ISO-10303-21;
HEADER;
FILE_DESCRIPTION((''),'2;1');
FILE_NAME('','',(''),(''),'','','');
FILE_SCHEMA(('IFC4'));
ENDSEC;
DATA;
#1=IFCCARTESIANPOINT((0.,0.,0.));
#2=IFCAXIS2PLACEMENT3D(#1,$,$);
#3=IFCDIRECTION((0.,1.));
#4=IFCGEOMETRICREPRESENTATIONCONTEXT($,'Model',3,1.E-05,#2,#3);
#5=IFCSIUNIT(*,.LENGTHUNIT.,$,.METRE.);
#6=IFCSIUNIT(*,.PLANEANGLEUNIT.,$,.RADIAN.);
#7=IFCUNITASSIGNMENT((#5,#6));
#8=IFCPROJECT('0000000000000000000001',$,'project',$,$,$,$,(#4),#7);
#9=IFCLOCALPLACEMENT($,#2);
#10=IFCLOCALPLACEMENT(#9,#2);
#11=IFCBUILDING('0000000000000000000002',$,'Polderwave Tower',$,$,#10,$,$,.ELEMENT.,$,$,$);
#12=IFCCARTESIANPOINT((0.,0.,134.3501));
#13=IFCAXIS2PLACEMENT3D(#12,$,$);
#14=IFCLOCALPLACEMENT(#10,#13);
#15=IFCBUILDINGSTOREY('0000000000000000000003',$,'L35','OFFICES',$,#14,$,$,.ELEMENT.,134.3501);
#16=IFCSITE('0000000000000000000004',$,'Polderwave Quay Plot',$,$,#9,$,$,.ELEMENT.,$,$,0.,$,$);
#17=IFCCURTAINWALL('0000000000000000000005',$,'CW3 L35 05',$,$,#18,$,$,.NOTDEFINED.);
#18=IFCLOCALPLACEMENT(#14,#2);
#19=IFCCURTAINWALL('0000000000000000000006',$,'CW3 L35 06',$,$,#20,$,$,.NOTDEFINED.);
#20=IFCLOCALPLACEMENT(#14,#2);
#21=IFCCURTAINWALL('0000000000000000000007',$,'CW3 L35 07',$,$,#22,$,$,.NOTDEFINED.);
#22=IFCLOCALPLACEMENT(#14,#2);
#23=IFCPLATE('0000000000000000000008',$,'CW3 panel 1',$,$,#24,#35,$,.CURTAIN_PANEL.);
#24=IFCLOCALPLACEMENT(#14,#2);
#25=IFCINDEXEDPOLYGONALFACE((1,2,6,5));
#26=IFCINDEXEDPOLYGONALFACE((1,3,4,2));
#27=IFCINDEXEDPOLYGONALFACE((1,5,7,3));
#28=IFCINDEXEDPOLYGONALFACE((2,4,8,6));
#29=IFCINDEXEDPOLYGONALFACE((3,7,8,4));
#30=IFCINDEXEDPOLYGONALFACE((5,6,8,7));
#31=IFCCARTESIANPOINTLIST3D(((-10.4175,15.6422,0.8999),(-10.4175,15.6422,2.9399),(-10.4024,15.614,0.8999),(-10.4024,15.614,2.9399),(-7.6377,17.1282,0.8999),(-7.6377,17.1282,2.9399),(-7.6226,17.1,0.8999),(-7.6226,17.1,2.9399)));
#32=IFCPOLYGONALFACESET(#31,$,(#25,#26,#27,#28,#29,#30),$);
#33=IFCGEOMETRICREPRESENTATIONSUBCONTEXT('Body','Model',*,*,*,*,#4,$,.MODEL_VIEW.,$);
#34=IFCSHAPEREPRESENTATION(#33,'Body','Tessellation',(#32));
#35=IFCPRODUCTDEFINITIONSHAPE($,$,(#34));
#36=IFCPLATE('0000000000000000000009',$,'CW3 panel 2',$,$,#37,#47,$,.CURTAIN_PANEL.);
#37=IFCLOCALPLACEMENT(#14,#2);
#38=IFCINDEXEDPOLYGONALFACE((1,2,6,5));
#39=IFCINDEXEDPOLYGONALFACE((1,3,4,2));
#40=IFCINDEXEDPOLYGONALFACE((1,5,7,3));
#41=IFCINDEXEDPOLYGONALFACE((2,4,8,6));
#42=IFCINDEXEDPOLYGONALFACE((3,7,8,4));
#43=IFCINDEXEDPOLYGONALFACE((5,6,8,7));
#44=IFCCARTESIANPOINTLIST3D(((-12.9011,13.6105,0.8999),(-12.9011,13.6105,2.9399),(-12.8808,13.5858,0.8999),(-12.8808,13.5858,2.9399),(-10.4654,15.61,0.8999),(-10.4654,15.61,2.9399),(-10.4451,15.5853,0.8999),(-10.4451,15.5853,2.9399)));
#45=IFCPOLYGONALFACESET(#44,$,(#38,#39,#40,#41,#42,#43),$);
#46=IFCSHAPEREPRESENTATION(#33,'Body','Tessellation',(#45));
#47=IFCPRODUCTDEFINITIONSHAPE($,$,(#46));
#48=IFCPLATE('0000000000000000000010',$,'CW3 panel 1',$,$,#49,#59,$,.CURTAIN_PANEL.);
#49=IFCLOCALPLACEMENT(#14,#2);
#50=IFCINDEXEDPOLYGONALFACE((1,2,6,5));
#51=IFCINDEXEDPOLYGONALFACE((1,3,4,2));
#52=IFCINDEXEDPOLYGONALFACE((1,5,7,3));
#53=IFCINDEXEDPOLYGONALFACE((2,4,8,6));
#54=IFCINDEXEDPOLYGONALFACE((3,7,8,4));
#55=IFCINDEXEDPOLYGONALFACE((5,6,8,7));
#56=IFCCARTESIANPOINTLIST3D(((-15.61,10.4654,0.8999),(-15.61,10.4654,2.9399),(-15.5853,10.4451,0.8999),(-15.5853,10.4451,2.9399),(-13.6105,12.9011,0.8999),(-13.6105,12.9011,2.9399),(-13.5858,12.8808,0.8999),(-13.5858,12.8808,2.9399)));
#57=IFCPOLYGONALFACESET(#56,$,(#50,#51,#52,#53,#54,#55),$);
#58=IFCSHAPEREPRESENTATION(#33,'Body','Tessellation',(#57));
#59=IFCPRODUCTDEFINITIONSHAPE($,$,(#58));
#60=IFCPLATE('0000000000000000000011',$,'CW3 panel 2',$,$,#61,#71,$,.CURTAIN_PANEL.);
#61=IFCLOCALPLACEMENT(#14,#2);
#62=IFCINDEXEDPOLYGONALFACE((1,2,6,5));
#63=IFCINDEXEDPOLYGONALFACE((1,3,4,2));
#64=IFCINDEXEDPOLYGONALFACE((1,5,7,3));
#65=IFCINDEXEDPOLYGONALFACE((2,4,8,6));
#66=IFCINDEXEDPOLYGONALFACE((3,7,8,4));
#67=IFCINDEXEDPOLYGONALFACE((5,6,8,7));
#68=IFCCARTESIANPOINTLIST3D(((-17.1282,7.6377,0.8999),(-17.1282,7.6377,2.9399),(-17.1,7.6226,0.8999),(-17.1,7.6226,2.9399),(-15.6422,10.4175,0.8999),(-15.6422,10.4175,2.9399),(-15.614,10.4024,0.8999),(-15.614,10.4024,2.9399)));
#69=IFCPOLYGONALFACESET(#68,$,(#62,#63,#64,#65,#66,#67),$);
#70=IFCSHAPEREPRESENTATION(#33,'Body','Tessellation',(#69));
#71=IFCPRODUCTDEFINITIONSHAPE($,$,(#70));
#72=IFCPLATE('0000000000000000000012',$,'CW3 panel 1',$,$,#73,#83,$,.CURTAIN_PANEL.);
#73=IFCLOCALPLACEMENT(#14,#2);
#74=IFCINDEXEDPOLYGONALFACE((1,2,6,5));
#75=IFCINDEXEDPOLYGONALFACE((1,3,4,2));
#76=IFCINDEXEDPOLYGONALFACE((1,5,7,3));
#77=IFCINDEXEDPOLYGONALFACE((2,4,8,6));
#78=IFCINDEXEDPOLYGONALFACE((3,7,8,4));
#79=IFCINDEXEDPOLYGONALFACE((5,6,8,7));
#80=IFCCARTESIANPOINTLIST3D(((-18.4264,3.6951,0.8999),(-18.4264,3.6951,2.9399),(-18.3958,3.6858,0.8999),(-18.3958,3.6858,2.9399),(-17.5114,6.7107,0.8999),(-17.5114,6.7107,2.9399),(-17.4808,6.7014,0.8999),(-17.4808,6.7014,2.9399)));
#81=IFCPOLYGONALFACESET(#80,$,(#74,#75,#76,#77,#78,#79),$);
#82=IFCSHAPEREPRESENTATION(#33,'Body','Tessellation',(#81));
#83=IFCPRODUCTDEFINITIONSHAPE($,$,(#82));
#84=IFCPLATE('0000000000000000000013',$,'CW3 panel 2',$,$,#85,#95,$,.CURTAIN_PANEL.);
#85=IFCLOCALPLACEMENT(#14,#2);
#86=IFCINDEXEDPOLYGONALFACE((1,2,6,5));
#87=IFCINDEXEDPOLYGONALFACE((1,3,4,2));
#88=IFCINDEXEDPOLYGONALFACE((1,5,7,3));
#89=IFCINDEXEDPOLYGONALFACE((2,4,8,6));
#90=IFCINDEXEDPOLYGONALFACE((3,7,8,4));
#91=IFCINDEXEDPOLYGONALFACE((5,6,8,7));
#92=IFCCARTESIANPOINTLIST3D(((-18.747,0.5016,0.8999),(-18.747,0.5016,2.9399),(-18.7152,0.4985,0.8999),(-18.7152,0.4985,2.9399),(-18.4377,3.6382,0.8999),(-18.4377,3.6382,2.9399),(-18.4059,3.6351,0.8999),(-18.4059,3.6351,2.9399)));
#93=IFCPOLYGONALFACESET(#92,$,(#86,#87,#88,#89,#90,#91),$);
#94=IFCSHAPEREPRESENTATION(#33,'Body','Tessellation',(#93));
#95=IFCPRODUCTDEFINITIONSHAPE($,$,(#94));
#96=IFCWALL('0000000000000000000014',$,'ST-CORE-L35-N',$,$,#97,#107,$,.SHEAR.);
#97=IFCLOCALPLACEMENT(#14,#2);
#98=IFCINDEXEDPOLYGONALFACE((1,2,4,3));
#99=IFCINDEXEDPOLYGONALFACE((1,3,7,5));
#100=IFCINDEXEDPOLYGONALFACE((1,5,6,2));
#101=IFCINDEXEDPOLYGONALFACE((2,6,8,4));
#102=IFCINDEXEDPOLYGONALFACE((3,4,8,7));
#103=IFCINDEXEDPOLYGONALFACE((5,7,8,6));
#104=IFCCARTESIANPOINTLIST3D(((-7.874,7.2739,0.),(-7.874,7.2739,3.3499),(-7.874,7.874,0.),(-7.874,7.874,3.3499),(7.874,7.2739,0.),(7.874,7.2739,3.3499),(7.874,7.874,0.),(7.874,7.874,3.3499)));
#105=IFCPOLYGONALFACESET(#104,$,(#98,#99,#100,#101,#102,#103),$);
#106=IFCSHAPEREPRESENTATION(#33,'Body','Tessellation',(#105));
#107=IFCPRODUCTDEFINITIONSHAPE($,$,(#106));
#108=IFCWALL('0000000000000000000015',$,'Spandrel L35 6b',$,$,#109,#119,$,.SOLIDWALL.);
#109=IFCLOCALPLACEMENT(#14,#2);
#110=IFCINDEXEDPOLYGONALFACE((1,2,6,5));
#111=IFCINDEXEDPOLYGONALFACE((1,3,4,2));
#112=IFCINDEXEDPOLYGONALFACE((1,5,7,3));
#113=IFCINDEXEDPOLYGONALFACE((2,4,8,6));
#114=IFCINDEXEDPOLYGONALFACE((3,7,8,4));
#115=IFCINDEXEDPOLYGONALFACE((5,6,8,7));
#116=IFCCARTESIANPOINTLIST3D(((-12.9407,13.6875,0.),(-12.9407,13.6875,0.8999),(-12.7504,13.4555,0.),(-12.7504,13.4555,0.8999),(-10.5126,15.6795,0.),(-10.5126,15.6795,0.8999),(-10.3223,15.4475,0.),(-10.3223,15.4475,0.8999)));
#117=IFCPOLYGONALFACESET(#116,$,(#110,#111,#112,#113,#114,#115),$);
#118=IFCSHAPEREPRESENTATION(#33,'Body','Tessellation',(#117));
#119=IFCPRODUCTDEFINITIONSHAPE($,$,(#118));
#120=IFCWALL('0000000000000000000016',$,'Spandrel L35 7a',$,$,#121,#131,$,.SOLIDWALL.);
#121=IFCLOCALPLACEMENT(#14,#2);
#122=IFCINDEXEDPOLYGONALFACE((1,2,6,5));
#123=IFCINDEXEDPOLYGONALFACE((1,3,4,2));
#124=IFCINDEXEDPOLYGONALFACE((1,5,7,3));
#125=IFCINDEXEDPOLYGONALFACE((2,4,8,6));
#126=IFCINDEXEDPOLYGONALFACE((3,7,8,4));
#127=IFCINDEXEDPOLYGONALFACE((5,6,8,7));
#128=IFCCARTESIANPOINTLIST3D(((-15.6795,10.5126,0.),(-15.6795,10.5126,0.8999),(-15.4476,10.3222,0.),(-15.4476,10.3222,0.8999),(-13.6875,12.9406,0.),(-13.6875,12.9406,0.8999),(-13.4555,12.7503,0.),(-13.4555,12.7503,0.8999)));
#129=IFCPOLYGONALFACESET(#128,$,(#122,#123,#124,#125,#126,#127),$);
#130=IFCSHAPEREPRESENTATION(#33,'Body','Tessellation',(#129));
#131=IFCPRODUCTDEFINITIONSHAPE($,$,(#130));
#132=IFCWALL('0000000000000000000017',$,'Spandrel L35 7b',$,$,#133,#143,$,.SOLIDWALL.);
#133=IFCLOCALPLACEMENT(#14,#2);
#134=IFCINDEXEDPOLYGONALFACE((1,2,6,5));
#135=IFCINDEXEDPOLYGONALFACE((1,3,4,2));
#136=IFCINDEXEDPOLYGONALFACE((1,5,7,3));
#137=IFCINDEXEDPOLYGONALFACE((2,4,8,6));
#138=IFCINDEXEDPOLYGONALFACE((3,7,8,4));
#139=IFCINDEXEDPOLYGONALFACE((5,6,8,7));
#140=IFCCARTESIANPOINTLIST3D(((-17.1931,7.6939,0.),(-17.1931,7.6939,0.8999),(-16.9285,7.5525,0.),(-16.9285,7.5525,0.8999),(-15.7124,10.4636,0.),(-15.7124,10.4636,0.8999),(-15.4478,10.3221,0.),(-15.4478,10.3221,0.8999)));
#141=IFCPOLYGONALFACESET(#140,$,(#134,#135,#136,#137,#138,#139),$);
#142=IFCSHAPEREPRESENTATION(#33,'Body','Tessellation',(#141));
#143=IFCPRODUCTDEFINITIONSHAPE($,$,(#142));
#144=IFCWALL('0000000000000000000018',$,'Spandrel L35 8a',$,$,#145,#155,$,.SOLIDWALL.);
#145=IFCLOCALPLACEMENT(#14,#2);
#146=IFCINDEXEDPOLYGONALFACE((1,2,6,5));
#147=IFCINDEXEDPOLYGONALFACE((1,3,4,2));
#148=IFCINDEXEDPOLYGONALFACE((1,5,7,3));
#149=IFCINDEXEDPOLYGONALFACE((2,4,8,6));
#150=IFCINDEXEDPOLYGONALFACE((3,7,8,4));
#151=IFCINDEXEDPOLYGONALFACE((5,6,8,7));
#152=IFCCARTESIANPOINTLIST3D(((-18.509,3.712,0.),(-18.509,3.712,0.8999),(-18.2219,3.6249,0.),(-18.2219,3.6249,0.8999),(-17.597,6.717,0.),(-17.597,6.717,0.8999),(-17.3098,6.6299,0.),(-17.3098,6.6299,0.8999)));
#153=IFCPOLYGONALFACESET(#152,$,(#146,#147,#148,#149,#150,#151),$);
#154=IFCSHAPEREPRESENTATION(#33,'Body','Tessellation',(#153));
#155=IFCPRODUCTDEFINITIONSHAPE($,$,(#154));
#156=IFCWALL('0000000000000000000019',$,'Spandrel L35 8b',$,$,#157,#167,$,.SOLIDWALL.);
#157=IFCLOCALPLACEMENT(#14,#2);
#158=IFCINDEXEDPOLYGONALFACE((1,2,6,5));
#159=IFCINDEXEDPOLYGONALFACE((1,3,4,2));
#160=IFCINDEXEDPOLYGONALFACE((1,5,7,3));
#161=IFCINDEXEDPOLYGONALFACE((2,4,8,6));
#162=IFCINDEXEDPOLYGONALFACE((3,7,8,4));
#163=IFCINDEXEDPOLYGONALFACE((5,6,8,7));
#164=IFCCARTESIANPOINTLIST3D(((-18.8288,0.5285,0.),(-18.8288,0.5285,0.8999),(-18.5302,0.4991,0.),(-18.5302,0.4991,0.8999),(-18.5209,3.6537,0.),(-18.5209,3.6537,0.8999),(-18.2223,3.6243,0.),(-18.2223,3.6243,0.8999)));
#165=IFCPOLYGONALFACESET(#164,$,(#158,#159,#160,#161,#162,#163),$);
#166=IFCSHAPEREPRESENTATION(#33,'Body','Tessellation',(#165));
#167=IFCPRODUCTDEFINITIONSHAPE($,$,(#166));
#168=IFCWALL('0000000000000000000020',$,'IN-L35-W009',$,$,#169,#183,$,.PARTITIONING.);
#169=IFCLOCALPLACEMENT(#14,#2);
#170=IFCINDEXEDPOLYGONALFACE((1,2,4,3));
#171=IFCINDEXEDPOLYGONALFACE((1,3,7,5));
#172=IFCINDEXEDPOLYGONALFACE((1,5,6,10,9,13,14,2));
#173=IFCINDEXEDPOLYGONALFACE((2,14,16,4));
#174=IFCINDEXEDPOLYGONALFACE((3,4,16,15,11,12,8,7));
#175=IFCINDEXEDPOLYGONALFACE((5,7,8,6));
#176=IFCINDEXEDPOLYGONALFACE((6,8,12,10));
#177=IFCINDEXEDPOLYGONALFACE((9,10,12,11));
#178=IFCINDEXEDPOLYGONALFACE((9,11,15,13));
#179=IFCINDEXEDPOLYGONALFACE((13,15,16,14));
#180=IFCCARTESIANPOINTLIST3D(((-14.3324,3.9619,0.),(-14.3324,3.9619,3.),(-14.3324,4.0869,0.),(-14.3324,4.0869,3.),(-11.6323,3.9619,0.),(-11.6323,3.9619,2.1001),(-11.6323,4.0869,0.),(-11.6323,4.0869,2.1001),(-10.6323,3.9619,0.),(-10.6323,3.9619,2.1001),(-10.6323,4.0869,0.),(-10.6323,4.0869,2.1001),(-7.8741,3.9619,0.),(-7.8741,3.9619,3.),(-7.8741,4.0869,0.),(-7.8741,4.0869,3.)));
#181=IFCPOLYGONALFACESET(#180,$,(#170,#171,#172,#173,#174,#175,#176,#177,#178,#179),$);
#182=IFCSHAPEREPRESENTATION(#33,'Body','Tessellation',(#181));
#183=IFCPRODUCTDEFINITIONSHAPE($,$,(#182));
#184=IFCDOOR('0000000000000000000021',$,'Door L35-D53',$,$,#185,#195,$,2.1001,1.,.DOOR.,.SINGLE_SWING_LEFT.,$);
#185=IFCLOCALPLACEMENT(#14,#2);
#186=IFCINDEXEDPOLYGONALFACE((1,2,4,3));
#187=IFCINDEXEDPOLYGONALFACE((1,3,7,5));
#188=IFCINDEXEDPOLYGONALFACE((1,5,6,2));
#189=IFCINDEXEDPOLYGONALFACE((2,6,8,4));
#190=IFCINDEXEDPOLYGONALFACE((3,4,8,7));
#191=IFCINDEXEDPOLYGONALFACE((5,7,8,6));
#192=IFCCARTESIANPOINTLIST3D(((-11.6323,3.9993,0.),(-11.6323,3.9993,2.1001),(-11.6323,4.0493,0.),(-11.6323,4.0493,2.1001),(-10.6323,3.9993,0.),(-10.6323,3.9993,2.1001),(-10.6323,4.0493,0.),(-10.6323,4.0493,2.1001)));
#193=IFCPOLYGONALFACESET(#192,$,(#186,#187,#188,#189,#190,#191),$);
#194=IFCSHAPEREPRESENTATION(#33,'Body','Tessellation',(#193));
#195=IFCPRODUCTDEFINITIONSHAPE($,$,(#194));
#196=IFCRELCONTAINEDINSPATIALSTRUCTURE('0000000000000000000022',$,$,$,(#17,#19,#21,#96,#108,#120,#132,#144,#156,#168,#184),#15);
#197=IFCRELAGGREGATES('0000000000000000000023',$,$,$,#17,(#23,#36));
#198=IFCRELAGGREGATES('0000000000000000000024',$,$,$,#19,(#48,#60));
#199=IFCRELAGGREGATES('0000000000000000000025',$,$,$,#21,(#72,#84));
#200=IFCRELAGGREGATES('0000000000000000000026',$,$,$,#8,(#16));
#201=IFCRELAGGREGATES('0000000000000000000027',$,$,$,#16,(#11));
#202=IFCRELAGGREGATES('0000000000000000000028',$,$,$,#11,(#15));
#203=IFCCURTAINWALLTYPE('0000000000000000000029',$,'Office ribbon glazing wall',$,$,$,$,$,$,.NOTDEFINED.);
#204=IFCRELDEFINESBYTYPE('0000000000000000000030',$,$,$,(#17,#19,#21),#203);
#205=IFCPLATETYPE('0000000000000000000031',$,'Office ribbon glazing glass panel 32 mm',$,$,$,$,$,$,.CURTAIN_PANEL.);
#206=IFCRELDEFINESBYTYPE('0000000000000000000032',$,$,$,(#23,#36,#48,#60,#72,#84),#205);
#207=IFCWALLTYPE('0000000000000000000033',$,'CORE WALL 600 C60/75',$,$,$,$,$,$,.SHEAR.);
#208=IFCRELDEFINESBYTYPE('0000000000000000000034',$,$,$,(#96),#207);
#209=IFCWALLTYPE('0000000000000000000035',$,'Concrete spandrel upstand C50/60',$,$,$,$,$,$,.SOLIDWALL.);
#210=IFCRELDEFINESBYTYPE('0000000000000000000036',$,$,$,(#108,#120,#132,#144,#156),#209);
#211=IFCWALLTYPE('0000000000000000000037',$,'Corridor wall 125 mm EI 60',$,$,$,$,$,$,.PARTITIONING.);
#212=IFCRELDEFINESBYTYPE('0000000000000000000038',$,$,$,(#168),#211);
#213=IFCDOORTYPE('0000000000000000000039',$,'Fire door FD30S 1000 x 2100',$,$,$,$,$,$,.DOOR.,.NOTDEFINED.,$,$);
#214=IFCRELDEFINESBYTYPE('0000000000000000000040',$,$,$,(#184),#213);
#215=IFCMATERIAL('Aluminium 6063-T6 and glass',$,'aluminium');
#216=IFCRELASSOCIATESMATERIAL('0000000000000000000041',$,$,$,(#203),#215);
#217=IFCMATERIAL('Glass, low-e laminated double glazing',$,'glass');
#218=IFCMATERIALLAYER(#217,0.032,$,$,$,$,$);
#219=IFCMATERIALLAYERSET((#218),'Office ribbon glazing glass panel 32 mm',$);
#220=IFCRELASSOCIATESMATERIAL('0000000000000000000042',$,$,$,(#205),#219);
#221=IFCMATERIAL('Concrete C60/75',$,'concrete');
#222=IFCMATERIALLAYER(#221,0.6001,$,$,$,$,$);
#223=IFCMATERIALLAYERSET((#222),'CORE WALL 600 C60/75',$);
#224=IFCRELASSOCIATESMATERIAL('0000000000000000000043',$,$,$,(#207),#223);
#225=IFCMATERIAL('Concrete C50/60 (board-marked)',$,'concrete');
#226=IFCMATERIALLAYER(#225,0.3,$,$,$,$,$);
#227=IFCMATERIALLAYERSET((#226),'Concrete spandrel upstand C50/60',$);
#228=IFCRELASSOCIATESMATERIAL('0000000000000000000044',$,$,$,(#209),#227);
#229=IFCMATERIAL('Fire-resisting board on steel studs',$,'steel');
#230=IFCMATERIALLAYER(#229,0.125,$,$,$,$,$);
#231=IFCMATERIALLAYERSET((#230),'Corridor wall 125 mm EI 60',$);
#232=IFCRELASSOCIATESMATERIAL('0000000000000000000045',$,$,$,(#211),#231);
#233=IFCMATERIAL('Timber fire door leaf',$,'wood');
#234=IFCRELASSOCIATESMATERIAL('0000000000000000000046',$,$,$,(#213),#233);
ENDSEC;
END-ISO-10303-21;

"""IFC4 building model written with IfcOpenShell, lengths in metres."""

from ifc_helpers import new_model, si_unit, direction, frame, frame_2d, origin, origin_2d, place, context, subcontext, project, spatial, rectangle, extrude, material, layer, layer_set, type_object, element, fill, aggregate, save


model = new_model("IFC4")

# Units and contexts
model_context = context("Model", 3, precision=1e-05, world=origin(), true_north=direction((0.0, 1.0)))
body_context = subcontext(model_context, "Body", "Model", "MODEL_VIEW")
ifc_project = project(units=[si_unit("LENGTHUNIT", "METRE"), si_unit("PLANEANGLEUNIT", "RADIAN")], contexts=[model_context])

# Site, building, storey
site_placement = place(None, origin())
site = spatial("IfcSite", under=ifc_project, at=site_placement, Name="Polderwave Quay Plot", CompositionType="ELEMENT", RefElevation=0.0)
building_placement = place(site_placement, origin())
building = spatial("IfcBuilding", under=site, at=building_placement, Name="Polderwave Tower", CompositionType="ELEMENT")
storey_placement = place(building_placement, frame((0.0, 0.0, 134.3501)))
storey = spatial("IfcBuildingStorey", under=building, at=storey_placement, Name="L35", Description="OFFICES", CompositionType="ELEMENT", Elevation=134.3501)

# Shared definitions
ifc_material_1 = material(Name="Concrete C60/75", Category="concrete")

# Curtain walls
ifc_material_2 = material(Name="Aluminium 6063-T6 and glass", Category="aluminium")
curtain_wall_type = type_object("IfcCurtainWallType", Name="Office ribbon glazing wall", PredefinedType="NOTDEFINED", material=ifc_material_2)
curtain_wall_1_placement = place(storey_placement, origin())
curtain_wall_1 = element("IfcCurtainWall", 1, at=curtain_wall_1_placement, inside=storey, type_object=curtain_wall_type, Name="CW3 L35 05", PredefinedType="NOTDEFINED")
curtain_wall_2_placement = place(storey_placement, origin())
curtain_wall_2 = element("IfcCurtainWall", 2, at=curtain_wall_2_placement, inside=storey, type_object=curtain_wall_type, Name="CW3 L35 06", PredefinedType="NOTDEFINED")
curtain_wall_3_placement = place(storey_placement, origin())
curtain_wall_3 = element("IfcCurtainWall", 3, at=curtain_wall_3_placement, inside=storey, type_object=curtain_wall_type, Name="CW3 L35 07", PredefinedType="NOTDEFINED")

# Plates
ifc_material_3 = material(Name="Glass, low-e laminated double glazing", Category="glass")
ifc_layer_1 = layer(ifc_material_3, 0.032)
ifc_layer_set_1 = layer_set([ifc_layer_1], Name="Office ribbon glazing glass panel 32 mm")
plate_type = type_object("IfcPlateType", Name="Office ribbon glazing glass panel 32 mm", PredefinedType="CURTAIN_PANEL", material=ifc_layer_set_1)
plate_1_placement = place(storey_placement, frame((-9.02, 16.3711, 0.8999), z_axis=(0.0, 0.0, 1.0), x_axis=(-0.881891, -0.471454, 0.0)))
plate_1 = element("IfcPlate", 4, at=plate_1_placement, type_object=plate_type, Name="CW3 panel 1", PredefinedType="CURTAIN_PANEL", context=body_context, shape_type="SweptSolid", body=[
    extrude(rectangle(XDim=3.1521, YDim=0.032, at=origin_2d()), origin(), (0.0, 0.0, 1.0), 2.04),
])
plate_2_placement = place(storey_placement, frame((-11.6731, 14.5979, 0.8999), z_axis=(0.0, 0.0, 1.0), x_axis=(-0.772919, -0.634505, 0.0)))
plate_2 = element("IfcPlate", 5, at=plate_2_placement, type_object=plate_type, Name="CW3 panel 2", PredefinedType="CURTAIN_PANEL", context=body_context, shape_type="SweptSolid", body=[
    extrude(rectangle(XDim=3.1514, YDim=0.032, at=origin_2d()), origin(), (0.0, 0.0, 1.0), 2.04),
])
aggregate(curtain_wall_1, [plate_1, plate_2])
plate_3_placement = place(storey_placement, frame((-14.5979, 11.6731, 0.8999), z_axis=(0.0, 0.0, 1.0), x_axis=(-0.634505, -0.772919, 0.0)))
plate_3 = element("IfcPlate", 6, at=plate_3_placement, type_object=plate_type, Name="CW3 panel 1", PredefinedType="CURTAIN_PANEL", context=body_context, shape_type="SweptSolid", body=[
    extrude(rectangle(XDim=3.1514, YDim=0.032, at=origin_2d()), origin(), (0.0, 0.0, 1.0), 2.04),
])
plate_4_placement = place(storey_placement, frame((-16.3711, 9.02, 0.8999), z_axis=(0.0, 0.0, 1.0), x_axis=(-0.471454, -0.881891, 0.0)))
plate_4 = element("IfcPlate", 7, at=plate_4_placement, type_object=plate_type, Name="CW3 panel 2", PredefinedType="CURTAIN_PANEL", context=body_context, shape_type="SweptSolid", body=[
    extrude(rectangle(XDim=3.1521, YDim=0.032, at=origin_2d()), origin(), (0.0, 0.0, 1.0), 2.04),
])
aggregate(curtain_wall_2, [plate_3, plate_4])
plate_5_placement = place(storey_placement, frame((-17.9536, 5.1982, 0.8999), z_axis=(0.0, 0.0, 1.0), x_axis=(-0.290348, -0.956921, 0.0)))
plate_5 = element("IfcPlate", 8, at=plate_5_placement, type_object=plate_type, Name="CW3 panel 1", PredefinedType="CURTAIN_PANEL", context=body_context, shape_type="SweptSolid", body=[
    extrude(rectangle(XDim=3.1514, YDim=0.032, at=origin_2d()), origin(), (0.0, 0.0, 1.0), 2.04),
])
plate_6_placement = place(storey_placement, frame((-18.5764, 2.0684, 0.8999), z_axis=(0.0, 0.0, 1.0), x_axis=(-0.098134, -0.995173, 0.0)))
plate_6 = element("IfcPlate", 9, at=plate_6_placement, type_object=plate_type, Name="CW3 panel 2", PredefinedType="CURTAIN_PANEL", context=body_context, shape_type="SweptSolid", body=[
    extrude(rectangle(XDim=3.1519, YDim=0.032, at=origin_2d()), origin(), (0.0, 0.0, 1.0), 2.04),
])
aggregate(curtain_wall_3, [plate_5, plate_6])

# Walls
ifc_layer_2 = layer(ifc_material_1, 0.6001)
ifc_layer_set_2 = layer_set([ifc_layer_2], Name="CORE WALL 600 C60/75")
wall_type_1 = type_object("IfcWallType", Name="CORE WALL 600 C60/75", PredefinedType="SHEAR", material=ifc_layer_set_2)
wall_1_placement = place(storey_placement, frame((-7.874, 7.574, 0.0), z_axis=(0.0, 0.0, 1.0), x_axis=(1.0, 0.0, 0.0)))
element("IfcWall", 10, at=wall_1_placement, inside=storey, type_object=wall_type_1, Name="ST-CORE-L35-N", PredefinedType="SHEAR", context=body_context, shape_type="SweptSolid", body=[
    extrude(rectangle(XDim=15.748, YDim=0.6001, at=frame_2d((7.874, 0.0))), origin(), (0.0, 0.0, 1.0), 3.3499),
])
ifc_material_4 = material(Name="Concrete C50/60 (board-marked)", Category="concrete")
ifc_layer_3 = layer(ifc_material_4, 0.3)
ifc_layer_set_3 = layer_set([ifc_layer_3], Name="Concrete spandrel upstand C50/60")
wall_type_2 = type_object("IfcWallType", Name="Concrete spandrel upstand C50/60", PredefinedType="SOLIDWALL", material=ifc_layer_set_3)
for number, where, z_axis, x_axis, name in (
    (11, (-10.4175, 15.5635, 0.0), (0.0, 0.0, 1.0), (-0.773111, -0.63427, 0.0), "Spandrel L35 6b"),
    (12, (-13.5715, 12.8455, 0.0), (0.0, 0.0, 1.0), (-0.63427, -0.773111, 0.0), "Spandrel L35 7a"),
    (13, (-15.5801, 10.3928, 0.0), (0.0, 0.0, 1.0), (-0.471488, -0.881873, 0.0), "Spandrel L35 7b"),
):
    element("IfcWall", number, at=place(storey_placement, frame(where, z_axis=z_axis, x_axis=x_axis)), inside=storey, type_object=wall_type_2, Name=name, PredefinedType="SOLIDWALL", context=body_context, shape_type="SweptSolid", body=[
        extrude(rectangle(XDim=3.1406, YDim=0.3, at=frame_2d((1.5703, 0.0))), origin(), (0.0, 0.0, 1.0), 0.8999),
    ])
for number, where, z_axis, x_axis, name in (
    (14, (-17.4534, 6.6736, 0.0), (0.0, 0.0, 1.0), (-0.290435, -0.956895, 0.0), "Spandrel L35 8a"),
    (15, (-18.3716, 3.6392, 0.0), (0.0, 0.0, 1.0), (-0.098033, -0.995183, 0.0), "Spandrel L35 8b"),
):
    element("IfcWall", number, at=place(storey_placement, frame(where, z_axis=z_axis, x_axis=x_axis)), inside=storey, type_object=wall_type_2, Name=name, PredefinedType="SOLIDWALL", context=body_context, shape_type="SweptSolid", body=[
        extrude(rectangle(XDim=3.1404, YDim=0.3, at=frame_2d((1.5703, 0.0))), origin(), (0.0, 0.0, 1.0), 0.8999),
    ])

# Wall, opening, door
ifc_material_5 = material(Name="Fire-resisting board on steel studs", Category="steel")
ifc_layer_4 = layer(ifc_material_5, 0.125)
ifc_layer_set_4 = layer_set([ifc_layer_4], Name="Corridor wall 125 mm EI 60")
wall_type_3 = type_object("IfcWallType", Name="Corridor wall 125 mm EI 60", PredefinedType="PARTITIONING", material=ifc_layer_set_4)
wall_2_placement = place(storey_placement, frame((-14.3323, 4.0244, 0.0), z_axis=(0.0, 0.0, 1.0), x_axis=(1.0, 0.0, 0.0)))
wall_2 = element("IfcWall", 16, at=wall_2_placement, inside=storey, type_object=wall_type_3, Name="IN-L35-W009", PredefinedType="PARTITIONING", context=body_context, shape_type="SweptSolid", body=[
    extrude(rectangle(XDim=6.4583, YDim=0.125, at=frame_2d((3.229, 0.0))), origin(), (0.0, 0.0, 1.0), 3.0),
])
opening_1_placement = place(wall_2_placement, frame((2.7, 0.0, 0.0)))
opening_1 = element("IfcOpeningElement", 17, at=opening_1_placement, cuts=wall_2, PredefinedType="OPENING", context=body_context, shape_type="SweptSolid", body=[
    extrude(rectangle(XDim=1.0, YDim=2.1001, at=frame_2d((0.5, 1.05))), frame((0.0, 0.0725, 0.0), z_axis=(0.0, -1.0, 0.0), x_axis=(1.0, 0.0, 0.0)), (0.0, 0.0, 1.0), 0.145),
])
ifc_material_6 = material(Name="Timber fire door leaf", Category="wood")
door_type_1 = type_object("IfcDoorType", Name="Fire door FD30S 1000 x 2100", OperationType="NOTDEFINED", PredefinedType="DOOR", material=ifc_material_6)
door_1_placement = place(opening_1_placement, origin())
door_1 = element("IfcDoor", 18, at=door_1_placement, inside=storey, type_object=door_type_1, Name="Door L35-D53", OperationType="SINGLE_SWING_LEFT", OverallHeight=2.1001, OverallWidth=1.0, PredefinedType="DOOR", context=body_context, shape_type="SweptSolid", body=[
    extrude(rectangle(XDim=1.0, YDim=2.1001, at=frame_2d((0.5, 1.05))), frame((0.0, 0.0249, 0.0), z_axis=(0.0, -1.0, 0.0), x_axis=(1.0, 0.0, 0.0)), (0.0, 0.0, 1.0), 0.05),
])
fill(opening_1, door_1)

save(model, "model.ifc")
